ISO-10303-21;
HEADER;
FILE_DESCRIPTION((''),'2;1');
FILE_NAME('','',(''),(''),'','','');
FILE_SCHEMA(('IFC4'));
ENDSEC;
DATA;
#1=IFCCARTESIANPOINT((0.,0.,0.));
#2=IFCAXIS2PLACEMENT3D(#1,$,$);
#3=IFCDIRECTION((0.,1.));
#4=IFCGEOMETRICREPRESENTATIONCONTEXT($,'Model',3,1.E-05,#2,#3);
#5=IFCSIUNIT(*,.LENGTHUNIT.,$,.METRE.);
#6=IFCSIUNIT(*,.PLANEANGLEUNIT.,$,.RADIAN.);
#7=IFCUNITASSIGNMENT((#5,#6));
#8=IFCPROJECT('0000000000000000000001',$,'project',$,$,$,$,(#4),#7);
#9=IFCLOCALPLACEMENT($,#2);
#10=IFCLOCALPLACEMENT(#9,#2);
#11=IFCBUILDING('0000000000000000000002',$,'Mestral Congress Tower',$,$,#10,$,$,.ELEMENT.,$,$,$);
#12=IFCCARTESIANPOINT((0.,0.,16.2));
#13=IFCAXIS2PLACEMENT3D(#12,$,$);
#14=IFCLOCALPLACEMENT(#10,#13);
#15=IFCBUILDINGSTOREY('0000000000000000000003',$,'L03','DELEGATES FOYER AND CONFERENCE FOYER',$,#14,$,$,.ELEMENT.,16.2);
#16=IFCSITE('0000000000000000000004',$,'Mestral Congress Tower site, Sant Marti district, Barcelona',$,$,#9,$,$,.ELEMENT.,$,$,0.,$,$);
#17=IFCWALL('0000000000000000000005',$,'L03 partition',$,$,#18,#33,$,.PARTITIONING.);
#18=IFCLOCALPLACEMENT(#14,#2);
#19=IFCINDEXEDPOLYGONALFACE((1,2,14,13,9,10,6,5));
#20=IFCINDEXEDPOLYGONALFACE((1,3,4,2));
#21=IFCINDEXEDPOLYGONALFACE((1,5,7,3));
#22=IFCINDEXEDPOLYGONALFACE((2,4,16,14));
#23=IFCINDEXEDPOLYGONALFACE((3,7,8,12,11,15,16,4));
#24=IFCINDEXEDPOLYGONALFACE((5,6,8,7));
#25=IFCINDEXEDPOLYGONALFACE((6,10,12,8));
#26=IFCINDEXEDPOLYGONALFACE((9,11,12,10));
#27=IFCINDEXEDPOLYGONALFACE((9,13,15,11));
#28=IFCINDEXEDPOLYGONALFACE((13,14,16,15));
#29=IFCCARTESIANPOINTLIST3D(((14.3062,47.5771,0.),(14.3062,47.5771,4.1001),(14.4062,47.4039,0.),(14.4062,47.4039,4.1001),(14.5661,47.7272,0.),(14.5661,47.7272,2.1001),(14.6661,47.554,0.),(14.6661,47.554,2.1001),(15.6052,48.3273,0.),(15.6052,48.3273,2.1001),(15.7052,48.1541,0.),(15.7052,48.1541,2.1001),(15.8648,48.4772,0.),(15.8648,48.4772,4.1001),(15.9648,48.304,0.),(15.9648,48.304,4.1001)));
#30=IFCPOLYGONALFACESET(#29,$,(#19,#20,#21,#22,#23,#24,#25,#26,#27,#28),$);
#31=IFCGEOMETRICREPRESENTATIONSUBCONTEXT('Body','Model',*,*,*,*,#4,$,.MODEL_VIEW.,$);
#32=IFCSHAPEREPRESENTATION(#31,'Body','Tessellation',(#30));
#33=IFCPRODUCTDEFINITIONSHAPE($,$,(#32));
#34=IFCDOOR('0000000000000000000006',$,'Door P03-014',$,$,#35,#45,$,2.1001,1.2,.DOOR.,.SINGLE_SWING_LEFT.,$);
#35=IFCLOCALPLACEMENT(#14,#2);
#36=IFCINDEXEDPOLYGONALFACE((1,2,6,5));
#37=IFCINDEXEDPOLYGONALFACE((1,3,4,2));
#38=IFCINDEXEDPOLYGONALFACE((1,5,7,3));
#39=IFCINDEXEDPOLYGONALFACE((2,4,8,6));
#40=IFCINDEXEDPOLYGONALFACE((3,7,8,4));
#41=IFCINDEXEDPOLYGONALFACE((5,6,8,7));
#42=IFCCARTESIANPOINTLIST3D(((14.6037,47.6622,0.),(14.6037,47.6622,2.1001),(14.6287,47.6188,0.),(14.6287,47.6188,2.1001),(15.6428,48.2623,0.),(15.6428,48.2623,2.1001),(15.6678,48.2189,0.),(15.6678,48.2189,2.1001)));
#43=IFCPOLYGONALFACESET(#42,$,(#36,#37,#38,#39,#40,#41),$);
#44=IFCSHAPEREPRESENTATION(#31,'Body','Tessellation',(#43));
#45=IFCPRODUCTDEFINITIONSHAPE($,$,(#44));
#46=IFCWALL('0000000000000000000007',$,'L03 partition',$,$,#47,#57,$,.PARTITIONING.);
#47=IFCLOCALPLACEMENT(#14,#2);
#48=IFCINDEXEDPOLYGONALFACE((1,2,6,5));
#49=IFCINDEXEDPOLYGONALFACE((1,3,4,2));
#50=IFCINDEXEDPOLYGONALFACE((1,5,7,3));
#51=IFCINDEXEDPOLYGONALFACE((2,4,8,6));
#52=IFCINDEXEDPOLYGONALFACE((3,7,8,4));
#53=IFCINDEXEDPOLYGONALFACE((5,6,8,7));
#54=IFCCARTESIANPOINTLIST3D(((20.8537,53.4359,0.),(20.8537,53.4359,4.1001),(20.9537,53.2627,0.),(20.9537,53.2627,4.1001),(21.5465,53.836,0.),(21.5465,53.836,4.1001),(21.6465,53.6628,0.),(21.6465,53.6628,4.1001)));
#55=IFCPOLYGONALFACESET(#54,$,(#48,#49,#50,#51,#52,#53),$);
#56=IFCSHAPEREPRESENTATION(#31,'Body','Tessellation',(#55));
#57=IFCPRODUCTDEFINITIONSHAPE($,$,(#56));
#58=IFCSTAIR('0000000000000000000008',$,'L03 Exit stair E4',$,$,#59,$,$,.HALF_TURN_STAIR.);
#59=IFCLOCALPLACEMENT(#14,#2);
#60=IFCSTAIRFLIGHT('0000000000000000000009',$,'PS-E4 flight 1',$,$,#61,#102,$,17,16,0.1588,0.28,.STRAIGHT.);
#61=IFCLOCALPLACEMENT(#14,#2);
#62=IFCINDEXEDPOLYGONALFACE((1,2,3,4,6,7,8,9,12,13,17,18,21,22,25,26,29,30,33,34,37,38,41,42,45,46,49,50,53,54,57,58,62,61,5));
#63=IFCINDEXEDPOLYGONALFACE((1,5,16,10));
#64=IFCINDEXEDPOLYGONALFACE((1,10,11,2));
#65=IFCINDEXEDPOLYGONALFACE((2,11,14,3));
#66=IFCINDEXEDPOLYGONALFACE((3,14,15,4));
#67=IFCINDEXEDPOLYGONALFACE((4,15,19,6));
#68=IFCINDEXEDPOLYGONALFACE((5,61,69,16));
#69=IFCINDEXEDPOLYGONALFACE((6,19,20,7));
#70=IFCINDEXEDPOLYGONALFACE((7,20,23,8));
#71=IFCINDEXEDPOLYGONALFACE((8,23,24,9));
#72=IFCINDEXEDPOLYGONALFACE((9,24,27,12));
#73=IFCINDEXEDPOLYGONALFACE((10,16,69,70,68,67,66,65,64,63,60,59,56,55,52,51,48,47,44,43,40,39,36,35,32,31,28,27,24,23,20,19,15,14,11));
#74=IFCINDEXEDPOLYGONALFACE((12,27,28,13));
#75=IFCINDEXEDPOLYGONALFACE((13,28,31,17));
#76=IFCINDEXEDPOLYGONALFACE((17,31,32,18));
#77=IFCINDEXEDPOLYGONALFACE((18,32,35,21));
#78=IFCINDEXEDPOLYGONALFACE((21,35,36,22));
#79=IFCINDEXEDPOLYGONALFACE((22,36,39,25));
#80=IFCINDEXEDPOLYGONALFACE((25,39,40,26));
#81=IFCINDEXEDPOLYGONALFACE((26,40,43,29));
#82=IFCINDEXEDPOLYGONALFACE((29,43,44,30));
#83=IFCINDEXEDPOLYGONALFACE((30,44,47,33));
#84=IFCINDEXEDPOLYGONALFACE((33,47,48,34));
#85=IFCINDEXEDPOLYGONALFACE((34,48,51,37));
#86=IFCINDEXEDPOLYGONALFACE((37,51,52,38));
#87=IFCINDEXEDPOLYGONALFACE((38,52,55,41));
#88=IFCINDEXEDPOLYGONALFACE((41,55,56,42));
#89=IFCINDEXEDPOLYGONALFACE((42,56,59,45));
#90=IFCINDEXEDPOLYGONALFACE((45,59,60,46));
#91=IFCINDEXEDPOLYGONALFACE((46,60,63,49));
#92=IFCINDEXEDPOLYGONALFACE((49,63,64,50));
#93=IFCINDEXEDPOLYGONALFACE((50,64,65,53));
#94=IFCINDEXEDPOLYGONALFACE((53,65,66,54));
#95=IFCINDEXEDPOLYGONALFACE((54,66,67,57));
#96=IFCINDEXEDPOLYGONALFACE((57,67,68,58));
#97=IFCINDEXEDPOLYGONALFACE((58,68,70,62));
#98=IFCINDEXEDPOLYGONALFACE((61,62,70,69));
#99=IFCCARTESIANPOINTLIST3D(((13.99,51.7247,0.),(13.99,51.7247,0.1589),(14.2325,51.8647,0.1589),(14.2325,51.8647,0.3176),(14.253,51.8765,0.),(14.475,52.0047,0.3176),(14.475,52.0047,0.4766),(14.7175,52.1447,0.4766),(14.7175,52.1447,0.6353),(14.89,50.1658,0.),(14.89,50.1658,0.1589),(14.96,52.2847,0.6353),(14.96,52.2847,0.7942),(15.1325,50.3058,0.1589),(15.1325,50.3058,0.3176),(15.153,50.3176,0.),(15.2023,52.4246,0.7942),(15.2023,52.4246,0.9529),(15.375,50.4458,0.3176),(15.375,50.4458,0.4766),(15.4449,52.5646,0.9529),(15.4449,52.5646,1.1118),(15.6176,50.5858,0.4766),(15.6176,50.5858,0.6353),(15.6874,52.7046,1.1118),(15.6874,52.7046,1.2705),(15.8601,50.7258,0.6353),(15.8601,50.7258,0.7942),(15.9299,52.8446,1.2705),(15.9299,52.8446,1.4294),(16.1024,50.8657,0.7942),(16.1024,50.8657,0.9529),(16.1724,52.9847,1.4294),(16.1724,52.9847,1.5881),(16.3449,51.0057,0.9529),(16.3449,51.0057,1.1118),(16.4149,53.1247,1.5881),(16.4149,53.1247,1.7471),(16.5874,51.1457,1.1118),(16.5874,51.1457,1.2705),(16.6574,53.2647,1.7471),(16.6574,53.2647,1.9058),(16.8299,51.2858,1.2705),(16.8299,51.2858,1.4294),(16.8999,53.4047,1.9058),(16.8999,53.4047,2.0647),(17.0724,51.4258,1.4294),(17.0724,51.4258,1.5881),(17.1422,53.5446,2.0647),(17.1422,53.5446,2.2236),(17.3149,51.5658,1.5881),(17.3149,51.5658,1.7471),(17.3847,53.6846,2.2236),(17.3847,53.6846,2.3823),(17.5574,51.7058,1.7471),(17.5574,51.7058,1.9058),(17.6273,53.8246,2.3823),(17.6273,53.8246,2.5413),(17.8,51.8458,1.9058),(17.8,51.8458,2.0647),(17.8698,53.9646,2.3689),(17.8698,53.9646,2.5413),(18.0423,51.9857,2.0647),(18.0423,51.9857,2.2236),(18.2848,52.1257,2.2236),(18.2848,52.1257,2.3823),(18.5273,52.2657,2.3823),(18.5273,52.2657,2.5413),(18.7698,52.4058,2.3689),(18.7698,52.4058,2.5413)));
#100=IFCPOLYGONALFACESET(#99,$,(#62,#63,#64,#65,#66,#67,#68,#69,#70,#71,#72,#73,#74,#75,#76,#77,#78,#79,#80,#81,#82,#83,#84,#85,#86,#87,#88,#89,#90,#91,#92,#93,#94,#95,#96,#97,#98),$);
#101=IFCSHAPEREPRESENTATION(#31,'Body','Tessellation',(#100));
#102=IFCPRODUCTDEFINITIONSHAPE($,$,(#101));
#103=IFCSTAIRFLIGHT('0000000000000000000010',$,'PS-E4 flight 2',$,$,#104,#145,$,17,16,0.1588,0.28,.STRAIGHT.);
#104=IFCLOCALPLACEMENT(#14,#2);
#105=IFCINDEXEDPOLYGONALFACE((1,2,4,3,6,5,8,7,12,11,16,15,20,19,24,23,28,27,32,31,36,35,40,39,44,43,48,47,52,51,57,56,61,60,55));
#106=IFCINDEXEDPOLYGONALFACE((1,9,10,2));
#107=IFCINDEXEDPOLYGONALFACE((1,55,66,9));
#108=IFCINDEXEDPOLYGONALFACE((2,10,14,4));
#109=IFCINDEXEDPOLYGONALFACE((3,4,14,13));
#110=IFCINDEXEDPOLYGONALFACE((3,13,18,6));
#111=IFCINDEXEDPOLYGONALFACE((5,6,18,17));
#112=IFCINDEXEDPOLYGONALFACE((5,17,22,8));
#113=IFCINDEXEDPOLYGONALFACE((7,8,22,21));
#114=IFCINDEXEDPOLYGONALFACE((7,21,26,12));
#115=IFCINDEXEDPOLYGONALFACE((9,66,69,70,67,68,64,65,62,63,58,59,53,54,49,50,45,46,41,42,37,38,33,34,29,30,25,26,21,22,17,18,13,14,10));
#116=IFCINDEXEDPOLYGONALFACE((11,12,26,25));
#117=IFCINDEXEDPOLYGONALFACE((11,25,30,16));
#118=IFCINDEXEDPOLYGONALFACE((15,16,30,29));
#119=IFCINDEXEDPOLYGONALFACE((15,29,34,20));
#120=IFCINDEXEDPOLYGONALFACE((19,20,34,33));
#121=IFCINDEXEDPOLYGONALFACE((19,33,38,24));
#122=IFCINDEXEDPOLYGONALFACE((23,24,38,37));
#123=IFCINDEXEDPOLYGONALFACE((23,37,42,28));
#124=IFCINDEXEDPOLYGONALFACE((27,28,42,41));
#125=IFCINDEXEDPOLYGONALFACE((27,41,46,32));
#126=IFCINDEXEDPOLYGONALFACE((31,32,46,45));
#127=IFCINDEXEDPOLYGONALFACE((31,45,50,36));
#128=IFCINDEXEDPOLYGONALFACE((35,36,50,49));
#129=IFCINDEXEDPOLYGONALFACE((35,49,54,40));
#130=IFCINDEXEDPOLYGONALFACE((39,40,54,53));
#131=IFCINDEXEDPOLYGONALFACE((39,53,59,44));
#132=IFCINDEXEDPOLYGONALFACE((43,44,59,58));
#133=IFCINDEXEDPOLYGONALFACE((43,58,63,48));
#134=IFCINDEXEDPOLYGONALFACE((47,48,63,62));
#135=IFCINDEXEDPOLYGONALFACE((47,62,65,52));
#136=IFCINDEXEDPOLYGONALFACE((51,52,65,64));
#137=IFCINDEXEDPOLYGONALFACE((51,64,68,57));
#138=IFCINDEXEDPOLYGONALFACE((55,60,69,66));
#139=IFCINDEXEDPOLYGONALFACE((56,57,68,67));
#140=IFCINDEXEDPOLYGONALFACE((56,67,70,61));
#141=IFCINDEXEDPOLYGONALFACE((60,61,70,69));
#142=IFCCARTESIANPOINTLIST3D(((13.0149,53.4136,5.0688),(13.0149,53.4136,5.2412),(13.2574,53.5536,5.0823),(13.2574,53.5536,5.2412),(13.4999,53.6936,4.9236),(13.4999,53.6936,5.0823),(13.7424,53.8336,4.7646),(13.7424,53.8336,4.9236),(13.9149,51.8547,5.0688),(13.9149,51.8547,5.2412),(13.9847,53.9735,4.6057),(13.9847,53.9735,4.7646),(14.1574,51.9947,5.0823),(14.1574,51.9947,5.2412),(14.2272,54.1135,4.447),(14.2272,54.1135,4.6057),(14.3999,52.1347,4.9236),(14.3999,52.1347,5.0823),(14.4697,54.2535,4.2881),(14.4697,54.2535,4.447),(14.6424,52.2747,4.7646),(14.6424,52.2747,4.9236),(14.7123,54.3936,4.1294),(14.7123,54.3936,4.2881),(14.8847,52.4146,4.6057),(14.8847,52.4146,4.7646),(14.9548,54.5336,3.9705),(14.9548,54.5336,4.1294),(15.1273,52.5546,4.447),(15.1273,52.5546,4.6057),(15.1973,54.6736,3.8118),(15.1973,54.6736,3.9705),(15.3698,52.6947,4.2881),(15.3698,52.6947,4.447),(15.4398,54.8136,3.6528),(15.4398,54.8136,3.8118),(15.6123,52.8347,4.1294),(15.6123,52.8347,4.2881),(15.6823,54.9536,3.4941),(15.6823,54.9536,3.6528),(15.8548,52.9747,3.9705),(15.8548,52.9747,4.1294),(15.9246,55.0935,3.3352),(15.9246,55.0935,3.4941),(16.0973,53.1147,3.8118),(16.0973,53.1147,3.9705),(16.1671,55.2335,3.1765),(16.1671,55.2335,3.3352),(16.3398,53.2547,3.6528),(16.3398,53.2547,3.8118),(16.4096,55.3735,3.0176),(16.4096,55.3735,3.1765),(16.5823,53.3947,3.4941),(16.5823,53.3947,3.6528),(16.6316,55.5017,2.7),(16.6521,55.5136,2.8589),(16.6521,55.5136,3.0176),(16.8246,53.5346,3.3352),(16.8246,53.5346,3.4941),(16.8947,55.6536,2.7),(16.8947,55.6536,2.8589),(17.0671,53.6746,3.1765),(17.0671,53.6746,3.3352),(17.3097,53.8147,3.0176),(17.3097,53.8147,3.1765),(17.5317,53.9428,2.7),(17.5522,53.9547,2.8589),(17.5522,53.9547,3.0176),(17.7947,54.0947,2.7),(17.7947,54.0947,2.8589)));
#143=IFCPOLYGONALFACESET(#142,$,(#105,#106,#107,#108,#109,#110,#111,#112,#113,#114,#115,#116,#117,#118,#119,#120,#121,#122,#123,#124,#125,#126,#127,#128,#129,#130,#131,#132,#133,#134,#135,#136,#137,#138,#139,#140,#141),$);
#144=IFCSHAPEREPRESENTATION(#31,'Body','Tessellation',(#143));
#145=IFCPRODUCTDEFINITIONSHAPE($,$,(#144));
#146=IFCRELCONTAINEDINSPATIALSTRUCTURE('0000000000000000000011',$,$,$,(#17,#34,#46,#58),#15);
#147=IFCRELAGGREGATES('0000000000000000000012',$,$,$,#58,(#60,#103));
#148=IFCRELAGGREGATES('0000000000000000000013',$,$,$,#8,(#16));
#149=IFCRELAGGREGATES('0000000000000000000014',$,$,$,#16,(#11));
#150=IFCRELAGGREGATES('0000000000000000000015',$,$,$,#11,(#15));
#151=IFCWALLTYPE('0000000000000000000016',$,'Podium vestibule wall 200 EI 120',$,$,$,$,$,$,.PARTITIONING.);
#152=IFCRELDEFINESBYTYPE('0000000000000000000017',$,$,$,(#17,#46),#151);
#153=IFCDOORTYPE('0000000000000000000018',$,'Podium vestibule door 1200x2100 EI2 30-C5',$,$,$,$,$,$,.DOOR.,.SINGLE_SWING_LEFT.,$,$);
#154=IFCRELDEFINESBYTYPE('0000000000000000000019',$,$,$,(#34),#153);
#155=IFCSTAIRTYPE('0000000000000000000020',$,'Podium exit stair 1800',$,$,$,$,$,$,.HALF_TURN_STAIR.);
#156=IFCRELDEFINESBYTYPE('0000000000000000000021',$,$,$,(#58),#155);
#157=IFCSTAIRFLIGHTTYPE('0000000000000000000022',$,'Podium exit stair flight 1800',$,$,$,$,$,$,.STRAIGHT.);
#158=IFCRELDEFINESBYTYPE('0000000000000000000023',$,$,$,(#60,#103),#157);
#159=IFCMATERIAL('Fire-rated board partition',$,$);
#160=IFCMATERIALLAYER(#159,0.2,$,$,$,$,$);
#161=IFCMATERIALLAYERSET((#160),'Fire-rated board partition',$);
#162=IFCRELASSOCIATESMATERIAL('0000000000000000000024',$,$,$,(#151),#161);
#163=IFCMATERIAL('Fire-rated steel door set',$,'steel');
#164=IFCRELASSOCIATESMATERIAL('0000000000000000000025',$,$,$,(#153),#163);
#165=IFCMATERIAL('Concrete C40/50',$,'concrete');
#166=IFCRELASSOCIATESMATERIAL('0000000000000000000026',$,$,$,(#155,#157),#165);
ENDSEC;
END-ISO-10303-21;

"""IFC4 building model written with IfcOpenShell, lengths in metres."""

from ifc_helpers import new_model, si_unit, direction, frame, frame_2d, origin, place, context, subcontext, project, spatial, polyline, rectangle, outline, extrude, material, layer, layer_set, type_object, element, fill, aggregate, save


model = new_model("IFC4")

# Units and contexts
model_context = context("Model", 3, precision=1e-05, world=origin(), true_north=direction((0.0, 1.0)))
body_context = subcontext(model_context, "Body", "Model", "MODEL_VIEW")
ifc_project = project(units=[si_unit("LENGTHUNIT", "METRE"), si_unit("PLANEANGLEUNIT", "RADIAN")], contexts=[model_context])

# Site, building, storey
site_placement = place(None, origin())
site = spatial("IfcSite", under=ifc_project, at=site_placement, Name="Mestral Congress Tower site, Sant Marti district, Barcelona", CompositionType="ELEMENT", RefElevation=0.0)
building_placement = place(site_placement, origin())
building = spatial("IfcBuilding", under=site, at=building_placement, Name="Mestral Congress Tower", CompositionType="ELEMENT")
storey_placement = place(building_placement, frame((0.0, 0.0, 16.2)))
storey = spatial("IfcBuildingStorey", under=building, at=storey_placement, Name="L03", Description="DELEGATES FOYER AND CONFERENCE FOYER", CompositionType="ELEMENT", Elevation=16.2)

# Shared definitions
ifc_material_1 = material(Name="Fire-rated board partition")
ifc_layer_1 = layer(ifc_material_1, 0.2)
ifc_layer_set_1 = layer_set([ifc_layer_1], Name="Fire-rated board partition")
wall_type_1 = type_object("IfcWallType", Name="Podium vestibule wall 200 EI 120", PredefinedType="PARTITIONING", material=ifc_layer_set_1)

# Wall, opening, door
wall_1_placement = place(storey_placement, frame((14.3562, 47.4905, 0.0), z_axis=(0.0, 0.0, 1.0), x_axis=(0.865955, 0.500122, 0.0)))
wall_1 = element("IfcWall", 1, at=wall_1_placement, inside=storey, type_object=wall_type_1, Name="L03 partition", PredefinedType="PARTITIONING", context=body_context, shape_type="SweptSolid", body=[
    extrude(rectangle(XDim=1.7998, YDim=0.2, at=frame_2d((0.8999, 0.0))), origin(), (0.0, 0.0, 1.0), 4.1001),
])
opening_placement = place(wall_1_placement, frame((0.3, 0.0, 0.0)))
opening = element("IfcOpeningElement", 2, at=opening_placement, cuts=wall_1, PredefinedType="OPENING", context=body_context, shape_type="SweptSolid", body=[
    extrude(rectangle(XDim=1.2, YDim=2.1001, at=frame_2d((0.6001, 1.05))), frame((0.0, 0.1099, 0.0), z_axis=(0.0, -1.0, 0.0), x_axis=(1.0, 0.0, 0.0)), (0.0, 0.0, 1.0), 0.22),
])
ifc_material_2 = material(Name="Fire-rated steel door set", Category="steel")
door_type = type_object("IfcDoorType", Name="Podium vestibule door 1200x2100 EI2 30-C5", OperationType="SINGLE_SWING_LEFT", PredefinedType="DOOR", material=ifc_material_2)
door_placement = place(opening_placement, origin())
door = element("IfcDoor", 3, at=door_placement, inside=storey, type_object=door_type, Name="Door P03-014", OperationType="SINGLE_SWING_LEFT", OverallHeight=2.1001, OverallWidth=1.2, PredefinedType="DOOR", context=body_context, shape_type="SweptSolid", body=[
    extrude(rectangle(XDim=1.2, YDim=2.1001, at=frame_2d((0.6001, 1.05))), frame((0.0, 0.0249, 0.0), z_axis=(0.0, -1.0, 0.0), x_axis=(1.0, 0.0, 0.0)), (0.0, 0.0, 1.0), 0.05),
])
fill(opening, door)

# Wall
wall_2_placement = place(storey_placement, frame((20.9038, 53.3494, 0.0), z_axis=(0.0, 0.0, 1.0), x_axis=(0.865962, 0.50011, 0.0)))
element("IfcWall", 4, at=wall_2_placement, inside=storey, type_object=wall_type_1, Name="L03 partition", PredefinedType="PARTITIONING", context=body_context, shape_type="SweptSolid", body=[
    extrude(rectangle(XDim=0.8, YDim=0.2, at=frame_2d((0.3999, 0.0))), origin(), (0.0, 0.0, 1.0), 4.1001),
])

# Stair, stair flights
ifc_material_3 = material(Name="Concrete C40/50", Category="concrete")
stair_type = type_object("IfcStairType", Name="Podium exit stair 1800", PredefinedType="HALF_TURN_STAIR", material=ifc_material_3)
stair_placement = place(storey_placement, origin())
stair = element("IfcStair", 5, at=stair_placement, inside=storey, type_object=stair_type, Name="L03 Exit stair E4", PredefinedType="HALF_TURN_STAIR")
stair_flight_type = type_object("IfcStairFlightType", Name="Podium exit stair flight 1800", PredefinedType="STRAIGHT", material=ifc_material_3)
stair_flight_1_placement = place(storey_placement, frame((14.4399, 50.9453, 0.0), z_axis=(0.0, 0.0, 1.0), x_axis=(0.866025, 0.5, 0.0)))
stair_flight_1 = element("IfcStairFlight", 6, at=stair_flight_1_placement, type_object=stair_flight_type, Name="PS-E4 flight 1", NumberOfRisers=17, NumberOfTreads=16, PredefinedType="STRAIGHT", RiserHeight=0.1588, TreadLength=0.28, context=body_context, shape_type="SweptSolid", body=[
    extrude(outline(polyline([(0.0, 0.0), (0.0, 0.1589), (0.28, 0.1589), (0.28, 0.3176), (0.5601, 0.3176), (0.5601, 0.4766), (0.8401, 0.4766), (0.8401, 0.6353), (1.1201, 0.6353), (1.1201, 0.7942), (1.3999, 0.7942), (1.3999, 0.9529), (1.6799, 0.9529), (1.6799, 1.1118), (1.96, 1.1118), (1.96, 1.2705), (2.24, 1.2705), (2.24, 1.4294), (2.52, 1.4294), (2.52, 1.5881), (2.8, 1.5881), (2.8, 1.7471), (3.0801, 1.7471), (3.0801, 1.9058), (3.3601, 1.9058), (3.3601, 2.0647), (3.6399, 2.0647), (3.6399, 2.2236), (3.9199, 2.2236), (3.9199, 2.3823), (4.2, 2.3823), (4.2, 2.5413), (4.48, 2.5413), (4.48, 2.7), (4.48, 2.3689), (0.3037, 0.0), (0.0, 0.0)])), frame((0.0, 0.8999, 0.0), z_axis=(0.0, -1.0, 0.0), x_axis=(1.0, 0.0, 0.0)), (0.0, 0.0, 1.0), 1.8),
])
stair_flight_2_placement = place(storey_placement, frame((17.3447, 54.874, 2.7), z_axis=(0.0, 0.0, 1.0), x_axis=(-0.866025, -0.5, 0.0)))
stair_flight_2 = element("IfcStairFlight", 7, at=stair_flight_2_placement, type_object=stair_flight_type, Name="PS-E4 flight 2", NumberOfRisers=17, NumberOfTreads=16, PredefinedType="STRAIGHT", RiserHeight=0.1588, TreadLength=0.28, context=body_context, shape_type="SweptSolid", body=[
    extrude(outline(polyline([(0.0, 0.0), (0.0, 0.1589), (0.28, 0.1589), (0.28, 0.3176), (0.5601, 0.3176), (0.5601, 0.4766), (0.8401, 0.4766), (0.8401, 0.6353), (1.1201, 0.6353), (1.1201, 0.7942), (1.3999, 0.7942), (1.3999, 0.9529), (1.6799, 0.9529), (1.6799, 1.1118), (1.96, 1.1118), (1.96, 1.2705), (2.24, 1.2705), (2.24, 1.4294), (2.52, 1.4294), (2.52, 1.5881), (2.8, 1.5881), (2.8, 1.7471), (3.0801, 1.7471), (3.0801, 1.9058), (3.3601, 1.9058), (3.3601, 2.0647), (3.6399, 2.0647), (3.6399, 2.2236), (3.9199, 2.2236), (3.9199, 2.3823), (4.2, 2.3823), (4.2, 2.5413), (4.48, 2.5413), (4.48, 2.7), (4.48, 2.3689), (0.3037, 0.0), (0.0, 0.0)])), frame((0.0, 0.8999, 0.0), z_axis=(0.0, -1.0, 0.0), x_axis=(1.0, 0.0, 0.0)), (0.0, 0.0, 1.0), 1.8),
])
aggregate(stair, [stair_flight_1, stair_flight_2])

save(model, "model.ifc")
